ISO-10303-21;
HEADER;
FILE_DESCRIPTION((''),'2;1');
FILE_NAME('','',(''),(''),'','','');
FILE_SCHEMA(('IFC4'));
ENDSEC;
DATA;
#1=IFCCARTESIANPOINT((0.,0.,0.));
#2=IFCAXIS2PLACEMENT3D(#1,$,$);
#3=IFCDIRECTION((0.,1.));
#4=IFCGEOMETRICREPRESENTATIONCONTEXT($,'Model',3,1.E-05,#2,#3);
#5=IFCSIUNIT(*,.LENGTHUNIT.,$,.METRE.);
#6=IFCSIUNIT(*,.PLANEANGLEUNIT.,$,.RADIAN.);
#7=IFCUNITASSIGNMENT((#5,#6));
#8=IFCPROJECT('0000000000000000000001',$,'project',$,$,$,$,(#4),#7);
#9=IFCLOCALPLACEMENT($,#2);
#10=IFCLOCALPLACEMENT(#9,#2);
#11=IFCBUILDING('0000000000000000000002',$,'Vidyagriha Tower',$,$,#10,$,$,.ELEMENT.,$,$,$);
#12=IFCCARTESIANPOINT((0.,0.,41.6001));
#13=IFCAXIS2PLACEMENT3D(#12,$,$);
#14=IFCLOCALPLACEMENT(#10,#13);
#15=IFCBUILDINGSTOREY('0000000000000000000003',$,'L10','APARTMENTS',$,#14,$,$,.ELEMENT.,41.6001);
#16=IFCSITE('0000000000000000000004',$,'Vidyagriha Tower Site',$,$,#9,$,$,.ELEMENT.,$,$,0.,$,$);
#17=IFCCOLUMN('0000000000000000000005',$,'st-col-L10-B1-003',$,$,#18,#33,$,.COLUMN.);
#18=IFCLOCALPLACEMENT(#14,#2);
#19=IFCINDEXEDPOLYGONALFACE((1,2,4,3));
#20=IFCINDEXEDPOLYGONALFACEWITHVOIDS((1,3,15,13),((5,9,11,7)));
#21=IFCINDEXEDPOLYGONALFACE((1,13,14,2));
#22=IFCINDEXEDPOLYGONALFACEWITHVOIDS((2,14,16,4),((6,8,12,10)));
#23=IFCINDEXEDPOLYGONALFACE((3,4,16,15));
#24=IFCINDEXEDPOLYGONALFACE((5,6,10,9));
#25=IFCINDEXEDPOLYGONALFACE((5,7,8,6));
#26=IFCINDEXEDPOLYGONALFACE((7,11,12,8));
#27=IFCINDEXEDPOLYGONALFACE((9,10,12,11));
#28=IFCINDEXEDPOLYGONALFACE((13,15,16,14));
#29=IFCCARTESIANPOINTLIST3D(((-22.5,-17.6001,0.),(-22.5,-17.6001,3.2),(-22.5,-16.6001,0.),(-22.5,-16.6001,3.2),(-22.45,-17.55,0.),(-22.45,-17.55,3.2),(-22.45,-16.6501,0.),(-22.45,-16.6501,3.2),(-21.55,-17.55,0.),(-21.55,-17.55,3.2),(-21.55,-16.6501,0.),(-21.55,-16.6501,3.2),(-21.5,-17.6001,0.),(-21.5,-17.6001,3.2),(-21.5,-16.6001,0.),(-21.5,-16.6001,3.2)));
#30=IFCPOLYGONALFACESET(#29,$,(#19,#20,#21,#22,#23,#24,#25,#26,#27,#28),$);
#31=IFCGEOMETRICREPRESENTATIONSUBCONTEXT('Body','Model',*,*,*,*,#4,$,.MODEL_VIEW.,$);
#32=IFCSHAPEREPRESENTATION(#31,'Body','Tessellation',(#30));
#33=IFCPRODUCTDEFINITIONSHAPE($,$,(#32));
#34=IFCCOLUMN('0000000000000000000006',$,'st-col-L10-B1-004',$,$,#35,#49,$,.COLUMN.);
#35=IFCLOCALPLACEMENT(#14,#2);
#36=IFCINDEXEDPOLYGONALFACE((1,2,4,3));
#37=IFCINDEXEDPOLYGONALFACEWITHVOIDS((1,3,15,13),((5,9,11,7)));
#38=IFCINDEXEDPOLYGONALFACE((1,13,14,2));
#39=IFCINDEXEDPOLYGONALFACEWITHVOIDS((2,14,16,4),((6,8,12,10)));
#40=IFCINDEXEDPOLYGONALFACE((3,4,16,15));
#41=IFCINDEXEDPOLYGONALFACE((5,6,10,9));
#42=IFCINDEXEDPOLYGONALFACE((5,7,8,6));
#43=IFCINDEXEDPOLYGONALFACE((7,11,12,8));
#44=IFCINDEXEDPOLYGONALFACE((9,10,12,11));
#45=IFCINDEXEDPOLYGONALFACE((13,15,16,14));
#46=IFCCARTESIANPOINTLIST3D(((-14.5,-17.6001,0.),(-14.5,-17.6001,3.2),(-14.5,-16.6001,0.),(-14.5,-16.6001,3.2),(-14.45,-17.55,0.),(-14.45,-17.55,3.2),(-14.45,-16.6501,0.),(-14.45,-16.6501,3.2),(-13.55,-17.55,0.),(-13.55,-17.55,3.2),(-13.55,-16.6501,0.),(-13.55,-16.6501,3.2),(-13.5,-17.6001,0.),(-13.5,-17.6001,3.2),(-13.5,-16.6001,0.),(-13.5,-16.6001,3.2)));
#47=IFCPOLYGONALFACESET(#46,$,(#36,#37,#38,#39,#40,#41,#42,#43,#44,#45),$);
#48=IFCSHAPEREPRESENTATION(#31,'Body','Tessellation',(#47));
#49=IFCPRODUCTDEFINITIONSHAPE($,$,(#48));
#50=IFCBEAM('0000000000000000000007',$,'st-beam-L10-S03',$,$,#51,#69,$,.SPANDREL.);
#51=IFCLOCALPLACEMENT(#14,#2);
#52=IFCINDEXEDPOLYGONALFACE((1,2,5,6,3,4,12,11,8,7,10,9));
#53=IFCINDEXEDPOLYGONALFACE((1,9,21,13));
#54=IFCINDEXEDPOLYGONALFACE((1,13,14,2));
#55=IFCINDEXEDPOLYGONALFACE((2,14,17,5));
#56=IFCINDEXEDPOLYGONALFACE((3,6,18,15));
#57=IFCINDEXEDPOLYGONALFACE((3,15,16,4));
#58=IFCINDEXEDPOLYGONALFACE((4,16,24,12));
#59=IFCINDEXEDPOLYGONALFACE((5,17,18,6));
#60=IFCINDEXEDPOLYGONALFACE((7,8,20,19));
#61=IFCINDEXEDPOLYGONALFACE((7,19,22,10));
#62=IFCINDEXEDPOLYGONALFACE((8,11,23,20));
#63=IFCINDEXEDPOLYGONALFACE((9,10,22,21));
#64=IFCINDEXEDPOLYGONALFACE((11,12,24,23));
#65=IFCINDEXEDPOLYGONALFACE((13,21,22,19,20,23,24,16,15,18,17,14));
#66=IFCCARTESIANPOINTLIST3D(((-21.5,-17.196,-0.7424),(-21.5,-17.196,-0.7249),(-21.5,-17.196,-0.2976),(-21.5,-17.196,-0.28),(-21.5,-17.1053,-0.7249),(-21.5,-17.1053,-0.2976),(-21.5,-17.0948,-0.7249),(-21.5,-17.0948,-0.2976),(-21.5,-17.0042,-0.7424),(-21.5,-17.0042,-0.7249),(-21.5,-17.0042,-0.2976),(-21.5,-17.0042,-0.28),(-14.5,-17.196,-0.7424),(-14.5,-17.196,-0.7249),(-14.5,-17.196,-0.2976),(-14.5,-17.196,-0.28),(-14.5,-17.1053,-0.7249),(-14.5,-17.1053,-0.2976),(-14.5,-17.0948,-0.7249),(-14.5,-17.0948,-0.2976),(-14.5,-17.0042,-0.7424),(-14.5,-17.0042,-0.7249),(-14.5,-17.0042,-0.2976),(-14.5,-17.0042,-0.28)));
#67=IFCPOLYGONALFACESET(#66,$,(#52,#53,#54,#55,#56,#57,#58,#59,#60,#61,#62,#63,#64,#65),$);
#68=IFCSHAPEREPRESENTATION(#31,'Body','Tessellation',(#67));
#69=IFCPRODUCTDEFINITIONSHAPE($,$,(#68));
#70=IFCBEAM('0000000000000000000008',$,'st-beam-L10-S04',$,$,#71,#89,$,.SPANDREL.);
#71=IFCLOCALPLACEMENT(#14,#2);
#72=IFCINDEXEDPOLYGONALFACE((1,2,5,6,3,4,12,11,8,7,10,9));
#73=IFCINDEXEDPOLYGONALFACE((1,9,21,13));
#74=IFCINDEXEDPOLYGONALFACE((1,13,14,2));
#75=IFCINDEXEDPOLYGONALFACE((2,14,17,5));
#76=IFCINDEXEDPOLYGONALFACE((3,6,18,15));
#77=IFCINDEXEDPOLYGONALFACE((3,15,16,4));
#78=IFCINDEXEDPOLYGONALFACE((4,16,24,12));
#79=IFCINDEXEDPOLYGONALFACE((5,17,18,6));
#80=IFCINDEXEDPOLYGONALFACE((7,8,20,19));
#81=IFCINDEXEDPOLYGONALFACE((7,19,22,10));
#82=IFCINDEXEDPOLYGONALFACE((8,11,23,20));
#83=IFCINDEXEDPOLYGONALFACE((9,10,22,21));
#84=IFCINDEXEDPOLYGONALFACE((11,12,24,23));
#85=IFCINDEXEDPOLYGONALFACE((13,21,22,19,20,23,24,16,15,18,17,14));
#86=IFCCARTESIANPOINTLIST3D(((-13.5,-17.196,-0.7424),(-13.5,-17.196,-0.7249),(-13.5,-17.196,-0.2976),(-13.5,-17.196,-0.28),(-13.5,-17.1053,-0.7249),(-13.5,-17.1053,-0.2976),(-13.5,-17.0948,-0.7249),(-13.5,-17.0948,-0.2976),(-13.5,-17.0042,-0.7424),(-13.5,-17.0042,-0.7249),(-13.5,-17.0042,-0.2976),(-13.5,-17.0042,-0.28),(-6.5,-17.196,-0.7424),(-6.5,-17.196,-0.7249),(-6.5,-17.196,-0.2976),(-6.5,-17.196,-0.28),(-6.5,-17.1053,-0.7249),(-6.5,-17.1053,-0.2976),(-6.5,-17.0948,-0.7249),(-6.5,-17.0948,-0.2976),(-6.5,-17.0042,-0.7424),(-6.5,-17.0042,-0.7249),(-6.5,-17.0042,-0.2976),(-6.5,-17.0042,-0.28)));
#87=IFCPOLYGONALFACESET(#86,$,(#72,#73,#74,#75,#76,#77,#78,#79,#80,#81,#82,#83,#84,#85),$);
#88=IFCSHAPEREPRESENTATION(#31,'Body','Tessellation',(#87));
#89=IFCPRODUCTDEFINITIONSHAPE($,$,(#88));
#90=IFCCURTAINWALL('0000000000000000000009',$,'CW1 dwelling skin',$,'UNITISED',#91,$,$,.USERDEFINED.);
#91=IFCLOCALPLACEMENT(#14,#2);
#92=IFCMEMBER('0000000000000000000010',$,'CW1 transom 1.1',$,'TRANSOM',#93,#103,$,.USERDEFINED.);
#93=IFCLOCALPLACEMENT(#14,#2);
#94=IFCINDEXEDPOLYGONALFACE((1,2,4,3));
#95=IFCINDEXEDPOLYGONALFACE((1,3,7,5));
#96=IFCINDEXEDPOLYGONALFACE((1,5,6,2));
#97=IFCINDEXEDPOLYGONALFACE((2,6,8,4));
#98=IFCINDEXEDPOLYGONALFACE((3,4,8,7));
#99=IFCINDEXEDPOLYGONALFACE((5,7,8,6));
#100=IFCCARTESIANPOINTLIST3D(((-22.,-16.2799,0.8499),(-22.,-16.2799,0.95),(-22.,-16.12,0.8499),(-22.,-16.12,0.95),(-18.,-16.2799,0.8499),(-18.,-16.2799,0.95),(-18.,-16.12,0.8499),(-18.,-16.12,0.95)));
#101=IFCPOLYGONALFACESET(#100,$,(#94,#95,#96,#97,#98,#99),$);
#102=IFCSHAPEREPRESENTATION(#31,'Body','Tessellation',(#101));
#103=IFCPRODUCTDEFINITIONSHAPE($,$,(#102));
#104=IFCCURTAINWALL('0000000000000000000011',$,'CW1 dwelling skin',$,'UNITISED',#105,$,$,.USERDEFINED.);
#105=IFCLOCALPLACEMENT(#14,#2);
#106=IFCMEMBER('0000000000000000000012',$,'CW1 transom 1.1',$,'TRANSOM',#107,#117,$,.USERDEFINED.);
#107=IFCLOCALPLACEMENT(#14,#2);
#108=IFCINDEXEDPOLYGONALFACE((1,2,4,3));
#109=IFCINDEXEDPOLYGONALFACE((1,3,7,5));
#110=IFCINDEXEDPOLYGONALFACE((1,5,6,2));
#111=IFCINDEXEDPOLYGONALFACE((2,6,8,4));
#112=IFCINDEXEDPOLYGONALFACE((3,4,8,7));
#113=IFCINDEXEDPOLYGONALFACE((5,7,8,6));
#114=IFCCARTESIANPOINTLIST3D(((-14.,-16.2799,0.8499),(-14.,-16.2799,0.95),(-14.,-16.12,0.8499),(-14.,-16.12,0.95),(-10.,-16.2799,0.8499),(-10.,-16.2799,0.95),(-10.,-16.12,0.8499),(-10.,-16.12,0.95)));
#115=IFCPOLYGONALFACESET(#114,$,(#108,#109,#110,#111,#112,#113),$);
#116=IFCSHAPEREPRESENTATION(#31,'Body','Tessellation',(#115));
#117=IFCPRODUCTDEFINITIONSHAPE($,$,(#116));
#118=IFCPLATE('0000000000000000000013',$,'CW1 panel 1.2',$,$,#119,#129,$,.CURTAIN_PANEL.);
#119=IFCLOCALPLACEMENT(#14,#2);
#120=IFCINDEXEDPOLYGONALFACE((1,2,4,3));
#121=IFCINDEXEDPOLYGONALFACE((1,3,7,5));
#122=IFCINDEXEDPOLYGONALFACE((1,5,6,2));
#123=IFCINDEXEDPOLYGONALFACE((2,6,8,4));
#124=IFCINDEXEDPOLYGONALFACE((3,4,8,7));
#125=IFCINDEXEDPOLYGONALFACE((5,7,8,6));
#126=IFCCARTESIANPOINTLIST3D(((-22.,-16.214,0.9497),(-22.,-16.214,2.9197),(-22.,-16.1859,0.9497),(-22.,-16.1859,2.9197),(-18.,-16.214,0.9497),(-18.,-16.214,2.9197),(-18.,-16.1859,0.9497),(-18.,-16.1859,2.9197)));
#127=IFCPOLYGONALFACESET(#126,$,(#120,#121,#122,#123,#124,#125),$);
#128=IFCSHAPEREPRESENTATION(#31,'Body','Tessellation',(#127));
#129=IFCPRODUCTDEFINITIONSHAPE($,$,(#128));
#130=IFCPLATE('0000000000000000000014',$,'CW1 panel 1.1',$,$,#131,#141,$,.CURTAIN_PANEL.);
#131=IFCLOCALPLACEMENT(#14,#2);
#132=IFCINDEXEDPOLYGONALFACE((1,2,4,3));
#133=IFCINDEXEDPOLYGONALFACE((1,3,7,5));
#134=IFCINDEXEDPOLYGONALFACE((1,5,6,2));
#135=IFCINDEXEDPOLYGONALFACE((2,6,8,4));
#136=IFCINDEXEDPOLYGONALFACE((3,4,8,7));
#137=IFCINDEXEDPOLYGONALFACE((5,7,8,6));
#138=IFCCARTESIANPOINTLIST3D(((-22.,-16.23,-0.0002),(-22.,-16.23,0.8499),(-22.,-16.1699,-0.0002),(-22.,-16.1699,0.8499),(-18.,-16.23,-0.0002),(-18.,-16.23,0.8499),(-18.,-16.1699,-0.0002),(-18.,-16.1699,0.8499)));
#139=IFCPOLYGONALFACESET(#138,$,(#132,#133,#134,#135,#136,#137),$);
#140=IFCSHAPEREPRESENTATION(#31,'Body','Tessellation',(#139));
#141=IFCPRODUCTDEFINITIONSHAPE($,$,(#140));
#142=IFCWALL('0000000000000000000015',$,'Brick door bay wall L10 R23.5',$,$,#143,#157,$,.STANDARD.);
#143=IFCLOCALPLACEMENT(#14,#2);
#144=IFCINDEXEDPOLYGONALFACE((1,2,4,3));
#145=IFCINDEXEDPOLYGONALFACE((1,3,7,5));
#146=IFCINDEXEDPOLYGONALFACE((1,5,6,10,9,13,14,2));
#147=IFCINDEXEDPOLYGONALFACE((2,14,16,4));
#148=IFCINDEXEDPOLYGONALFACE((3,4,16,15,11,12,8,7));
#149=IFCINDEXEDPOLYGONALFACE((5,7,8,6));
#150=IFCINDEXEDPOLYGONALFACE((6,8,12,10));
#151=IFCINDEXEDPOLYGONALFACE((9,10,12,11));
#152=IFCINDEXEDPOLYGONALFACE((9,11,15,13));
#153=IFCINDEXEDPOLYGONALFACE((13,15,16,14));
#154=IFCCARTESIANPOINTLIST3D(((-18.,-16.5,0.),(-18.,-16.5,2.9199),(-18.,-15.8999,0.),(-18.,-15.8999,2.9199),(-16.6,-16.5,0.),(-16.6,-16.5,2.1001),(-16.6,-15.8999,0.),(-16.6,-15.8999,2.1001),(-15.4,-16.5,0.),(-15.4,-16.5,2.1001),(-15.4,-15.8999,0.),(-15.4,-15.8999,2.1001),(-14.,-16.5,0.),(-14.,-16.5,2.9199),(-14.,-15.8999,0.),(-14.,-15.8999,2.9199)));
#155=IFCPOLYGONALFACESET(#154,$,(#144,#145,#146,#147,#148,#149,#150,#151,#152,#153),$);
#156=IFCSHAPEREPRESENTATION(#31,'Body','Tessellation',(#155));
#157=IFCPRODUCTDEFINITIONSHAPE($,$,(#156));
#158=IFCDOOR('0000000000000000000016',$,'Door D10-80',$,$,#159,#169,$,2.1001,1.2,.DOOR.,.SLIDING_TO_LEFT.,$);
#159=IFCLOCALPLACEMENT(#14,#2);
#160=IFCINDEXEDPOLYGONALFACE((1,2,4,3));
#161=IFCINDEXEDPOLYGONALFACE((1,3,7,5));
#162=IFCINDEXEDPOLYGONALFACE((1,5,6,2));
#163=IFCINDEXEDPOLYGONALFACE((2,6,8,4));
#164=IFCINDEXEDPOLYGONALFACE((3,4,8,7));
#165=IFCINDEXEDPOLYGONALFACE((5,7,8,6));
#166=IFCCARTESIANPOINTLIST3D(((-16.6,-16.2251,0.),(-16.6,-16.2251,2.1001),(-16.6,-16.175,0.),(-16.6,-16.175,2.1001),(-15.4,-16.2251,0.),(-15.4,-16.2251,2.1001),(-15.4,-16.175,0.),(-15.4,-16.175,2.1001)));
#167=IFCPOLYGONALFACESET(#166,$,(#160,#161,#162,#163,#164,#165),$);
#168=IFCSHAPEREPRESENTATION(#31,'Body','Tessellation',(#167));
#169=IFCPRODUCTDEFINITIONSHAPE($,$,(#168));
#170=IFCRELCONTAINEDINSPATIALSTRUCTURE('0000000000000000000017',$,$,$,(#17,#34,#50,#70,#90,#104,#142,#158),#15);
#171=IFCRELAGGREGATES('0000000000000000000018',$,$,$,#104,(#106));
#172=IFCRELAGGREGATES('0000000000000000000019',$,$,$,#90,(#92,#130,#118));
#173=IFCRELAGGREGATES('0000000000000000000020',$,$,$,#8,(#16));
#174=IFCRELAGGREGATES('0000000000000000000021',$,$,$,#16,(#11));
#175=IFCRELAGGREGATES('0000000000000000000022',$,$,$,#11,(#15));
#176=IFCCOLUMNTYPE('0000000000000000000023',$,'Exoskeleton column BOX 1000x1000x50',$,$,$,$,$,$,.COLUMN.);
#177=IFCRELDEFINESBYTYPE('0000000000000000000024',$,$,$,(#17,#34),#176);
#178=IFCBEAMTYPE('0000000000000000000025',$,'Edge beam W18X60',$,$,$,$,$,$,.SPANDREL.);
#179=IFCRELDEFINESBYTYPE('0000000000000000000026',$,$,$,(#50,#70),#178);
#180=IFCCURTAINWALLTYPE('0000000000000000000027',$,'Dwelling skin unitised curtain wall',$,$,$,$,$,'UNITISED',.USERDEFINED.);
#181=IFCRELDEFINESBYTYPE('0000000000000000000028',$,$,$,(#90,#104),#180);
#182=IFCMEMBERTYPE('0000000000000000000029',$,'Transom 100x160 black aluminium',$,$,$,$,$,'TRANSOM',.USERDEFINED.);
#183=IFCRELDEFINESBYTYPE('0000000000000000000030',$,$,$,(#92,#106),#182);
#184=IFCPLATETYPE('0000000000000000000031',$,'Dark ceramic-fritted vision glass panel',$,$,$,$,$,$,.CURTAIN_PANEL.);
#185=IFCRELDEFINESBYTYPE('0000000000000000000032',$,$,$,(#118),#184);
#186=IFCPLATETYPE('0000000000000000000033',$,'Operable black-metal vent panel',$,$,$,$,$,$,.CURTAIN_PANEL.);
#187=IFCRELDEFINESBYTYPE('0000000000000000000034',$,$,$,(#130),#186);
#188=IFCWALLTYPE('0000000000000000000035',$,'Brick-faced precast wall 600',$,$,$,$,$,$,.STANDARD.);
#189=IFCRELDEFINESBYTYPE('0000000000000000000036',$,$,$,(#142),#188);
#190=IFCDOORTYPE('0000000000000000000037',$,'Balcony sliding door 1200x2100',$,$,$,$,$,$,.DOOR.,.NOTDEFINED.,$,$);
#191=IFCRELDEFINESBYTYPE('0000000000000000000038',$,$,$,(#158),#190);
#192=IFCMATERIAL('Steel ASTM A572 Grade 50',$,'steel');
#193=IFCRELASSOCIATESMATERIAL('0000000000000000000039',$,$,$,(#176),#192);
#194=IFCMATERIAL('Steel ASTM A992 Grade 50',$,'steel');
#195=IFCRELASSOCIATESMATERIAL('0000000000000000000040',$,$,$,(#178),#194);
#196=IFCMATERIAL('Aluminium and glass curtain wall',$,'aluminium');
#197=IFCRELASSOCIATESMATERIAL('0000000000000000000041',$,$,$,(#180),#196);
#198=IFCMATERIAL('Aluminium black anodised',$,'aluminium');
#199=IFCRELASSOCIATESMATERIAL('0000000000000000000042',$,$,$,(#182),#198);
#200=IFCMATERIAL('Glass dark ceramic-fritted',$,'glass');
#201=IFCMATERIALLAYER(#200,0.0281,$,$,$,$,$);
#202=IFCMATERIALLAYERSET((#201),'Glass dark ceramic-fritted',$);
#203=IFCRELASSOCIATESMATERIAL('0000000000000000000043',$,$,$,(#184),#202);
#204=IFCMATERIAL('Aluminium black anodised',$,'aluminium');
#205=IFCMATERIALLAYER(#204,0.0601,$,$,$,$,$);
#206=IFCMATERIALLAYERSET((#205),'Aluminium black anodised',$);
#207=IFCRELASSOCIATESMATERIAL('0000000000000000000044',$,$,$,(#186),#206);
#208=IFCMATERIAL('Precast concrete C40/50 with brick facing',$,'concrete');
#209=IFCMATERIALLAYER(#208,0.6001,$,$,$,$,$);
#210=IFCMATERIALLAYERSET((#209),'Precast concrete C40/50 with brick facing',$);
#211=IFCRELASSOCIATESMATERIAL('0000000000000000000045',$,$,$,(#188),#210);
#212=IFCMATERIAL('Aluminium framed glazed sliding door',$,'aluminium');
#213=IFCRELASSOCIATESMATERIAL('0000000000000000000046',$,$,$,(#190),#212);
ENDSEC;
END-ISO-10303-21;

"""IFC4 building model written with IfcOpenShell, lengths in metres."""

from ifc_helpers import new_model, si_unit, direction, frame, frame_2d, origin, origin_2d, place, context, subcontext, project, spatial, rectangle, hollow_rectangle, i_section, extrude, material, layer, layer_set, material_profile, profile_set, type_object, element, fill, aggregate, save


model = new_model("IFC4")

# Units and contexts
model_context = context("Model", 3, precision=1e-05, world=origin(), true_north=direction((0.0, 1.0)))
body_context = subcontext(model_context, "Body", "Model", "MODEL_VIEW")
ifc_project = project(units=[si_unit("LENGTHUNIT", "METRE"), si_unit("PLANEANGLEUNIT", "RADIAN")], contexts=[model_context])

# Site, building, storey
site_placement = place(None, origin())
site = spatial("IfcSite", under=ifc_project, at=site_placement, Name="Vidyagriha Tower Site", CompositionType="ELEMENT", RefElevation=0.0)
building_placement = place(site_placement, origin())
building = spatial("IfcBuilding", under=site, at=building_placement, Name="Vidyagriha Tower", CompositionType="ELEMENT")
storey_placement = place(building_placement, frame((0.0, 0.0, 41.6001)))
storey = spatial("IfcBuildingStorey", under=building, at=storey_placement, Name="L10", Description="APARTMENTS", CompositionType="ELEMENT", Elevation=41.6001)

# Columns
ifc_material_1 = material(Name="Steel ASTM A572 Grade 50", Category="steel")
ifc_material_profile_1 = material_profile(ifc_material_1, hollow_rectangle(XDim=1.0, YDim=1.0, WallThickness=0.05, at=origin_2d()), Name="BOX 1000x1000x50")
ifc_profile_set_1 = profile_set([ifc_material_profile_1], Name="Steel ASTM A572 Grade 50")
column_type = type_object("IfcColumnType", Name="Exoskeleton column BOX 1000x1000x50", PredefinedType="COLUMN", material=ifc_profile_set_1)
for number, where, name in (
    (1, (-22.0, -17.1001, 0.0), "st-col-L10-B1-003"),
    (2, (-14.0, -17.1001, 0.0), "st-col-L10-B1-004"),
):
    element("IfcColumn", number, at=place(storey_placement, frame(where)), inside=storey, type_object=column_type, Name=name, PredefinedType="COLUMN", context=body_context, shape_type="SweptSolid", body=[
        extrude(hollow_rectangle(XDim=1.0, YDim=1.0, WallThickness=0.05, at=origin_2d()), origin(), (0.0, 0.0, 1.0), 3.2),
    ])

# Beams
ifc_material_2 = material(Name="Steel ASTM A992 Grade 50", Category="steel")
ifc_material_profile_2 = material_profile(ifc_material_2, i_section(OverallWidth=0.1919, OverallDepth=0.4624, WebThickness=0.0105, FlangeThickness=0.0176, at=origin_2d()), Name="W18X60")
ifc_profile_set_2 = profile_set([ifc_material_profile_2], Name="Steel ASTM A992 Grade 50")
beam_type = type_object("IfcBeamType", Name="Edge beam W18X60", PredefinedType="SPANDREL", material=ifc_profile_set_2)
for number, where, z_axis, x_axis, name in (
    (3, (-21.5, -17.1001, -0.5112), (1.0, 0.0, 0.0), (0.0, 1.0, 0.0), "st-beam-L10-S03"),
    (4, (-13.5, -17.1001, -0.5112), (1.0, 0.0, 0.0), (0.0, 1.0, 0.0), "st-beam-L10-S04"),
):
    element("IfcBeam", number, at=place(storey_placement, frame(where, z_axis=z_axis, x_axis=x_axis)), inside=storey, type_object=beam_type, Name=name, PredefinedType="SPANDREL", context=body_context, shape_type="SweptSolid", body=[
        extrude(i_section(OverallWidth=0.1919, OverallDepth=0.4624, WebThickness=0.0105, FlangeThickness=0.0176, at=origin_2d()), origin(), (0.0, 0.0, 1.0), 7.0),
    ])

# Curtain walls, members
ifc_material_3 = material(Name="Aluminium and glass curtain wall", Category="aluminium")
curtain_wall_type = type_object("IfcCurtainWallType", Name="Dwelling skin unitised curtain wall", ElementType="UNITISED", PredefinedType="USERDEFINED", material=ifc_material_3)
curtain_wall_1_placement = place(storey_placement, origin())
curtain_wall_1 = element("IfcCurtainWall", 5, at=curtain_wall_1_placement, inside=storey, type_object=curtain_wall_type, Name="CW1 dwelling skin", ObjectType="UNITISED", PredefinedType="USERDEFINED")
ifc_material_4 = material(Name="Aluminium black anodised", Category="aluminium")
ifc_material_profile_3 = material_profile(ifc_material_4, rectangle(XDim=0.1599, YDim=0.1001, at=origin_2d()), Name="Transom 100x160 black aluminium")
ifc_profile_set_3 = profile_set([ifc_material_profile_3], Name="Aluminium black anodised")
member_type = type_object("IfcMemberType", Name="Transom 100x160 black aluminium", ElementType="TRANSOM", PredefinedType="USERDEFINED", material=ifc_profile_set_3)
member_1_placement = place(storey_placement, frame((-22.0, -16.2, 0.8999), z_axis=(1.0, 0.0, 0.0), x_axis=(0.0, 1.0, 0.0)))
member_1 = element("IfcMember", 6, at=member_1_placement, type_object=member_type, Name="CW1 transom 1.1", ObjectType="TRANSOM", PredefinedType="USERDEFINED", context=body_context, shape_type="SweptSolid", body=[
    extrude(rectangle(XDim=0.1599, YDim=0.1001, at=origin_2d()), origin(), (0.0, 0.0, 1.0), 4.0),
])
curtain_wall_2_placement = place(storey_placement, origin())
curtain_wall_2 = element("IfcCurtainWall", 7, at=curtain_wall_2_placement, inside=storey, type_object=curtain_wall_type, Name="CW1 dwelling skin", ObjectType="UNITISED", PredefinedType="USERDEFINED")
member_2_placement = place(storey_placement, frame((-14.0, -16.2, 0.8999), z_axis=(1.0, 0.0, 0.0), x_axis=(0.0, 1.0, 0.0)))
member_2 = element("IfcMember", 8, at=member_2_placement, type_object=member_type, Name="CW1 transom 1.1", ObjectType="TRANSOM", PredefinedType="USERDEFINED", context=body_context, shape_type="SweptSolid", body=[
    extrude(rectangle(XDim=0.1599, YDim=0.1001, at=origin_2d()), origin(), (0.0, 0.0, 1.0), 4.0),
])
aggregate(curtain_wall_2, [member_2])

# Plates
ifc_material_5 = material(Name="Glass dark ceramic-fritted", Category="glass")
ifc_layer_1 = layer(ifc_material_5, 0.0281)
ifc_layer_set_1 = layer_set([ifc_layer_1], Name="Glass dark ceramic-fritted")
plate_type_1 = type_object("IfcPlateType", Name="Dark ceramic-fritted vision glass panel", PredefinedType="CURTAIN_PANEL", material=ifc_layer_set_1)
plate_1_placement = place(storey_placement, frame((-20.0, -16.2, 0.9497)))
plate_1 = element("IfcPlate", 9, at=plate_1_placement, type_object=plate_type_1, Name="CW1 panel 1.2", PredefinedType="CURTAIN_PANEL", context=body_context, shape_type="SweptSolid", body=[
    extrude(rectangle(XDim=4.0, YDim=0.0281, at=origin_2d()), origin(), (0.0, 0.0, 1.0), 1.97),
])
ifc_material_6 = material(Name="Aluminium black anodised", Category="aluminium")
ifc_layer_2 = layer(ifc_material_6, 0.0601)
ifc_layer_set_2 = layer_set([ifc_layer_2], Name="Aluminium black anodised")
plate_type_2 = type_object("IfcPlateType", Name="Operable black-metal vent panel", PredefinedType="CURTAIN_PANEL", material=ifc_layer_set_2)
plate_2_placement = place(storey_placement, frame((-20.0, -16.2, -0.0002)))
plate_2 = element("IfcPlate", 10, at=plate_2_placement, type_object=plate_type_2, Name="CW1 panel 1.1", PredefinedType="CURTAIN_PANEL", context=body_context, shape_type="SweptSolid", body=[
    extrude(rectangle(XDim=4.0, YDim=0.0601, at=origin_2d()), origin(), (0.0, 0.0, 1.0), 0.8501),
])
aggregate(curtain_wall_1, [member_1, plate_2, plate_1])

# Wall, opening, door
ifc_material_7 = material(Name="Precast concrete C40/50 with brick facing", Category="concrete")
ifc_layer_3 = layer(ifc_material_7, 0.6001)
ifc_layer_set_3 = layer_set([ifc_layer_3], Name="Precast concrete C40/50 with brick facing")
wall_type = type_object("IfcWallType", Name="Brick-faced precast wall 600", PredefinedType="STANDARD", material=ifc_layer_set_3)
wall_placement = place(storey_placement, frame((-18.0, -16.2, 0.0)))
wall = element("IfcWall", 11, at=wall_placement, inside=storey, type_object=wall_type, Name="Brick door bay wall L10 R23.5", PredefinedType="STANDARD", context=body_context, shape_type="SweptSolid", body=[
    extrude(rectangle(XDim=4.0, YDim=0.6001, at=frame_2d((2.0, 0.0))), origin(), (0.0, 0.0, 1.0), 2.9199),
])
opening_placement = place(wall_placement, frame((1.3999, 0.0, 0.0)))
opening = element("IfcOpeningElement", 12, at=opening_placement, cuts=wall, PredefinedType="OPENING", context=body_context, shape_type="SweptSolid", body=[
    extrude(rectangle(XDim=1.2, YDim=2.1001, at=frame_2d((0.6001, 1.05))), frame((0.0, 0.3101, 0.0), z_axis=(0.0, -1.0, 0.0), x_axis=(1.0, 0.0, 0.0)), (0.0, 0.0, 1.0), 0.6201),
])
ifc_material_8 = material(Name="Aluminium framed glazed sliding door", Category="aluminium")
door_type = type_object("IfcDoorType", Name="Balcony sliding door 1200x2100", OperationType="NOTDEFINED", PredefinedType="DOOR", material=ifc_material_8)
door_placement = place(opening_placement, origin())
door = element("IfcDoor", 13, at=door_placement, inside=storey, type_object=door_type, Name="Door D10-80", OperationType="SLIDING_TO_LEFT", OverallHeight=2.1001, OverallWidth=1.2, PredefinedType="DOOR", context=body_context, shape_type="SweptSolid", body=[
    extrude(rectangle(XDim=1.2, YDim=2.1001, at=frame_2d((0.6001, 1.05))), frame((0.0, 0.0249, 0.0), z_axis=(0.0, -1.0, 0.0), x_axis=(1.0, 0.0, 0.0)), (0.0, 0.0, 1.0), 0.05),
])
fill(opening, door)

save(model, "model.ifc")
